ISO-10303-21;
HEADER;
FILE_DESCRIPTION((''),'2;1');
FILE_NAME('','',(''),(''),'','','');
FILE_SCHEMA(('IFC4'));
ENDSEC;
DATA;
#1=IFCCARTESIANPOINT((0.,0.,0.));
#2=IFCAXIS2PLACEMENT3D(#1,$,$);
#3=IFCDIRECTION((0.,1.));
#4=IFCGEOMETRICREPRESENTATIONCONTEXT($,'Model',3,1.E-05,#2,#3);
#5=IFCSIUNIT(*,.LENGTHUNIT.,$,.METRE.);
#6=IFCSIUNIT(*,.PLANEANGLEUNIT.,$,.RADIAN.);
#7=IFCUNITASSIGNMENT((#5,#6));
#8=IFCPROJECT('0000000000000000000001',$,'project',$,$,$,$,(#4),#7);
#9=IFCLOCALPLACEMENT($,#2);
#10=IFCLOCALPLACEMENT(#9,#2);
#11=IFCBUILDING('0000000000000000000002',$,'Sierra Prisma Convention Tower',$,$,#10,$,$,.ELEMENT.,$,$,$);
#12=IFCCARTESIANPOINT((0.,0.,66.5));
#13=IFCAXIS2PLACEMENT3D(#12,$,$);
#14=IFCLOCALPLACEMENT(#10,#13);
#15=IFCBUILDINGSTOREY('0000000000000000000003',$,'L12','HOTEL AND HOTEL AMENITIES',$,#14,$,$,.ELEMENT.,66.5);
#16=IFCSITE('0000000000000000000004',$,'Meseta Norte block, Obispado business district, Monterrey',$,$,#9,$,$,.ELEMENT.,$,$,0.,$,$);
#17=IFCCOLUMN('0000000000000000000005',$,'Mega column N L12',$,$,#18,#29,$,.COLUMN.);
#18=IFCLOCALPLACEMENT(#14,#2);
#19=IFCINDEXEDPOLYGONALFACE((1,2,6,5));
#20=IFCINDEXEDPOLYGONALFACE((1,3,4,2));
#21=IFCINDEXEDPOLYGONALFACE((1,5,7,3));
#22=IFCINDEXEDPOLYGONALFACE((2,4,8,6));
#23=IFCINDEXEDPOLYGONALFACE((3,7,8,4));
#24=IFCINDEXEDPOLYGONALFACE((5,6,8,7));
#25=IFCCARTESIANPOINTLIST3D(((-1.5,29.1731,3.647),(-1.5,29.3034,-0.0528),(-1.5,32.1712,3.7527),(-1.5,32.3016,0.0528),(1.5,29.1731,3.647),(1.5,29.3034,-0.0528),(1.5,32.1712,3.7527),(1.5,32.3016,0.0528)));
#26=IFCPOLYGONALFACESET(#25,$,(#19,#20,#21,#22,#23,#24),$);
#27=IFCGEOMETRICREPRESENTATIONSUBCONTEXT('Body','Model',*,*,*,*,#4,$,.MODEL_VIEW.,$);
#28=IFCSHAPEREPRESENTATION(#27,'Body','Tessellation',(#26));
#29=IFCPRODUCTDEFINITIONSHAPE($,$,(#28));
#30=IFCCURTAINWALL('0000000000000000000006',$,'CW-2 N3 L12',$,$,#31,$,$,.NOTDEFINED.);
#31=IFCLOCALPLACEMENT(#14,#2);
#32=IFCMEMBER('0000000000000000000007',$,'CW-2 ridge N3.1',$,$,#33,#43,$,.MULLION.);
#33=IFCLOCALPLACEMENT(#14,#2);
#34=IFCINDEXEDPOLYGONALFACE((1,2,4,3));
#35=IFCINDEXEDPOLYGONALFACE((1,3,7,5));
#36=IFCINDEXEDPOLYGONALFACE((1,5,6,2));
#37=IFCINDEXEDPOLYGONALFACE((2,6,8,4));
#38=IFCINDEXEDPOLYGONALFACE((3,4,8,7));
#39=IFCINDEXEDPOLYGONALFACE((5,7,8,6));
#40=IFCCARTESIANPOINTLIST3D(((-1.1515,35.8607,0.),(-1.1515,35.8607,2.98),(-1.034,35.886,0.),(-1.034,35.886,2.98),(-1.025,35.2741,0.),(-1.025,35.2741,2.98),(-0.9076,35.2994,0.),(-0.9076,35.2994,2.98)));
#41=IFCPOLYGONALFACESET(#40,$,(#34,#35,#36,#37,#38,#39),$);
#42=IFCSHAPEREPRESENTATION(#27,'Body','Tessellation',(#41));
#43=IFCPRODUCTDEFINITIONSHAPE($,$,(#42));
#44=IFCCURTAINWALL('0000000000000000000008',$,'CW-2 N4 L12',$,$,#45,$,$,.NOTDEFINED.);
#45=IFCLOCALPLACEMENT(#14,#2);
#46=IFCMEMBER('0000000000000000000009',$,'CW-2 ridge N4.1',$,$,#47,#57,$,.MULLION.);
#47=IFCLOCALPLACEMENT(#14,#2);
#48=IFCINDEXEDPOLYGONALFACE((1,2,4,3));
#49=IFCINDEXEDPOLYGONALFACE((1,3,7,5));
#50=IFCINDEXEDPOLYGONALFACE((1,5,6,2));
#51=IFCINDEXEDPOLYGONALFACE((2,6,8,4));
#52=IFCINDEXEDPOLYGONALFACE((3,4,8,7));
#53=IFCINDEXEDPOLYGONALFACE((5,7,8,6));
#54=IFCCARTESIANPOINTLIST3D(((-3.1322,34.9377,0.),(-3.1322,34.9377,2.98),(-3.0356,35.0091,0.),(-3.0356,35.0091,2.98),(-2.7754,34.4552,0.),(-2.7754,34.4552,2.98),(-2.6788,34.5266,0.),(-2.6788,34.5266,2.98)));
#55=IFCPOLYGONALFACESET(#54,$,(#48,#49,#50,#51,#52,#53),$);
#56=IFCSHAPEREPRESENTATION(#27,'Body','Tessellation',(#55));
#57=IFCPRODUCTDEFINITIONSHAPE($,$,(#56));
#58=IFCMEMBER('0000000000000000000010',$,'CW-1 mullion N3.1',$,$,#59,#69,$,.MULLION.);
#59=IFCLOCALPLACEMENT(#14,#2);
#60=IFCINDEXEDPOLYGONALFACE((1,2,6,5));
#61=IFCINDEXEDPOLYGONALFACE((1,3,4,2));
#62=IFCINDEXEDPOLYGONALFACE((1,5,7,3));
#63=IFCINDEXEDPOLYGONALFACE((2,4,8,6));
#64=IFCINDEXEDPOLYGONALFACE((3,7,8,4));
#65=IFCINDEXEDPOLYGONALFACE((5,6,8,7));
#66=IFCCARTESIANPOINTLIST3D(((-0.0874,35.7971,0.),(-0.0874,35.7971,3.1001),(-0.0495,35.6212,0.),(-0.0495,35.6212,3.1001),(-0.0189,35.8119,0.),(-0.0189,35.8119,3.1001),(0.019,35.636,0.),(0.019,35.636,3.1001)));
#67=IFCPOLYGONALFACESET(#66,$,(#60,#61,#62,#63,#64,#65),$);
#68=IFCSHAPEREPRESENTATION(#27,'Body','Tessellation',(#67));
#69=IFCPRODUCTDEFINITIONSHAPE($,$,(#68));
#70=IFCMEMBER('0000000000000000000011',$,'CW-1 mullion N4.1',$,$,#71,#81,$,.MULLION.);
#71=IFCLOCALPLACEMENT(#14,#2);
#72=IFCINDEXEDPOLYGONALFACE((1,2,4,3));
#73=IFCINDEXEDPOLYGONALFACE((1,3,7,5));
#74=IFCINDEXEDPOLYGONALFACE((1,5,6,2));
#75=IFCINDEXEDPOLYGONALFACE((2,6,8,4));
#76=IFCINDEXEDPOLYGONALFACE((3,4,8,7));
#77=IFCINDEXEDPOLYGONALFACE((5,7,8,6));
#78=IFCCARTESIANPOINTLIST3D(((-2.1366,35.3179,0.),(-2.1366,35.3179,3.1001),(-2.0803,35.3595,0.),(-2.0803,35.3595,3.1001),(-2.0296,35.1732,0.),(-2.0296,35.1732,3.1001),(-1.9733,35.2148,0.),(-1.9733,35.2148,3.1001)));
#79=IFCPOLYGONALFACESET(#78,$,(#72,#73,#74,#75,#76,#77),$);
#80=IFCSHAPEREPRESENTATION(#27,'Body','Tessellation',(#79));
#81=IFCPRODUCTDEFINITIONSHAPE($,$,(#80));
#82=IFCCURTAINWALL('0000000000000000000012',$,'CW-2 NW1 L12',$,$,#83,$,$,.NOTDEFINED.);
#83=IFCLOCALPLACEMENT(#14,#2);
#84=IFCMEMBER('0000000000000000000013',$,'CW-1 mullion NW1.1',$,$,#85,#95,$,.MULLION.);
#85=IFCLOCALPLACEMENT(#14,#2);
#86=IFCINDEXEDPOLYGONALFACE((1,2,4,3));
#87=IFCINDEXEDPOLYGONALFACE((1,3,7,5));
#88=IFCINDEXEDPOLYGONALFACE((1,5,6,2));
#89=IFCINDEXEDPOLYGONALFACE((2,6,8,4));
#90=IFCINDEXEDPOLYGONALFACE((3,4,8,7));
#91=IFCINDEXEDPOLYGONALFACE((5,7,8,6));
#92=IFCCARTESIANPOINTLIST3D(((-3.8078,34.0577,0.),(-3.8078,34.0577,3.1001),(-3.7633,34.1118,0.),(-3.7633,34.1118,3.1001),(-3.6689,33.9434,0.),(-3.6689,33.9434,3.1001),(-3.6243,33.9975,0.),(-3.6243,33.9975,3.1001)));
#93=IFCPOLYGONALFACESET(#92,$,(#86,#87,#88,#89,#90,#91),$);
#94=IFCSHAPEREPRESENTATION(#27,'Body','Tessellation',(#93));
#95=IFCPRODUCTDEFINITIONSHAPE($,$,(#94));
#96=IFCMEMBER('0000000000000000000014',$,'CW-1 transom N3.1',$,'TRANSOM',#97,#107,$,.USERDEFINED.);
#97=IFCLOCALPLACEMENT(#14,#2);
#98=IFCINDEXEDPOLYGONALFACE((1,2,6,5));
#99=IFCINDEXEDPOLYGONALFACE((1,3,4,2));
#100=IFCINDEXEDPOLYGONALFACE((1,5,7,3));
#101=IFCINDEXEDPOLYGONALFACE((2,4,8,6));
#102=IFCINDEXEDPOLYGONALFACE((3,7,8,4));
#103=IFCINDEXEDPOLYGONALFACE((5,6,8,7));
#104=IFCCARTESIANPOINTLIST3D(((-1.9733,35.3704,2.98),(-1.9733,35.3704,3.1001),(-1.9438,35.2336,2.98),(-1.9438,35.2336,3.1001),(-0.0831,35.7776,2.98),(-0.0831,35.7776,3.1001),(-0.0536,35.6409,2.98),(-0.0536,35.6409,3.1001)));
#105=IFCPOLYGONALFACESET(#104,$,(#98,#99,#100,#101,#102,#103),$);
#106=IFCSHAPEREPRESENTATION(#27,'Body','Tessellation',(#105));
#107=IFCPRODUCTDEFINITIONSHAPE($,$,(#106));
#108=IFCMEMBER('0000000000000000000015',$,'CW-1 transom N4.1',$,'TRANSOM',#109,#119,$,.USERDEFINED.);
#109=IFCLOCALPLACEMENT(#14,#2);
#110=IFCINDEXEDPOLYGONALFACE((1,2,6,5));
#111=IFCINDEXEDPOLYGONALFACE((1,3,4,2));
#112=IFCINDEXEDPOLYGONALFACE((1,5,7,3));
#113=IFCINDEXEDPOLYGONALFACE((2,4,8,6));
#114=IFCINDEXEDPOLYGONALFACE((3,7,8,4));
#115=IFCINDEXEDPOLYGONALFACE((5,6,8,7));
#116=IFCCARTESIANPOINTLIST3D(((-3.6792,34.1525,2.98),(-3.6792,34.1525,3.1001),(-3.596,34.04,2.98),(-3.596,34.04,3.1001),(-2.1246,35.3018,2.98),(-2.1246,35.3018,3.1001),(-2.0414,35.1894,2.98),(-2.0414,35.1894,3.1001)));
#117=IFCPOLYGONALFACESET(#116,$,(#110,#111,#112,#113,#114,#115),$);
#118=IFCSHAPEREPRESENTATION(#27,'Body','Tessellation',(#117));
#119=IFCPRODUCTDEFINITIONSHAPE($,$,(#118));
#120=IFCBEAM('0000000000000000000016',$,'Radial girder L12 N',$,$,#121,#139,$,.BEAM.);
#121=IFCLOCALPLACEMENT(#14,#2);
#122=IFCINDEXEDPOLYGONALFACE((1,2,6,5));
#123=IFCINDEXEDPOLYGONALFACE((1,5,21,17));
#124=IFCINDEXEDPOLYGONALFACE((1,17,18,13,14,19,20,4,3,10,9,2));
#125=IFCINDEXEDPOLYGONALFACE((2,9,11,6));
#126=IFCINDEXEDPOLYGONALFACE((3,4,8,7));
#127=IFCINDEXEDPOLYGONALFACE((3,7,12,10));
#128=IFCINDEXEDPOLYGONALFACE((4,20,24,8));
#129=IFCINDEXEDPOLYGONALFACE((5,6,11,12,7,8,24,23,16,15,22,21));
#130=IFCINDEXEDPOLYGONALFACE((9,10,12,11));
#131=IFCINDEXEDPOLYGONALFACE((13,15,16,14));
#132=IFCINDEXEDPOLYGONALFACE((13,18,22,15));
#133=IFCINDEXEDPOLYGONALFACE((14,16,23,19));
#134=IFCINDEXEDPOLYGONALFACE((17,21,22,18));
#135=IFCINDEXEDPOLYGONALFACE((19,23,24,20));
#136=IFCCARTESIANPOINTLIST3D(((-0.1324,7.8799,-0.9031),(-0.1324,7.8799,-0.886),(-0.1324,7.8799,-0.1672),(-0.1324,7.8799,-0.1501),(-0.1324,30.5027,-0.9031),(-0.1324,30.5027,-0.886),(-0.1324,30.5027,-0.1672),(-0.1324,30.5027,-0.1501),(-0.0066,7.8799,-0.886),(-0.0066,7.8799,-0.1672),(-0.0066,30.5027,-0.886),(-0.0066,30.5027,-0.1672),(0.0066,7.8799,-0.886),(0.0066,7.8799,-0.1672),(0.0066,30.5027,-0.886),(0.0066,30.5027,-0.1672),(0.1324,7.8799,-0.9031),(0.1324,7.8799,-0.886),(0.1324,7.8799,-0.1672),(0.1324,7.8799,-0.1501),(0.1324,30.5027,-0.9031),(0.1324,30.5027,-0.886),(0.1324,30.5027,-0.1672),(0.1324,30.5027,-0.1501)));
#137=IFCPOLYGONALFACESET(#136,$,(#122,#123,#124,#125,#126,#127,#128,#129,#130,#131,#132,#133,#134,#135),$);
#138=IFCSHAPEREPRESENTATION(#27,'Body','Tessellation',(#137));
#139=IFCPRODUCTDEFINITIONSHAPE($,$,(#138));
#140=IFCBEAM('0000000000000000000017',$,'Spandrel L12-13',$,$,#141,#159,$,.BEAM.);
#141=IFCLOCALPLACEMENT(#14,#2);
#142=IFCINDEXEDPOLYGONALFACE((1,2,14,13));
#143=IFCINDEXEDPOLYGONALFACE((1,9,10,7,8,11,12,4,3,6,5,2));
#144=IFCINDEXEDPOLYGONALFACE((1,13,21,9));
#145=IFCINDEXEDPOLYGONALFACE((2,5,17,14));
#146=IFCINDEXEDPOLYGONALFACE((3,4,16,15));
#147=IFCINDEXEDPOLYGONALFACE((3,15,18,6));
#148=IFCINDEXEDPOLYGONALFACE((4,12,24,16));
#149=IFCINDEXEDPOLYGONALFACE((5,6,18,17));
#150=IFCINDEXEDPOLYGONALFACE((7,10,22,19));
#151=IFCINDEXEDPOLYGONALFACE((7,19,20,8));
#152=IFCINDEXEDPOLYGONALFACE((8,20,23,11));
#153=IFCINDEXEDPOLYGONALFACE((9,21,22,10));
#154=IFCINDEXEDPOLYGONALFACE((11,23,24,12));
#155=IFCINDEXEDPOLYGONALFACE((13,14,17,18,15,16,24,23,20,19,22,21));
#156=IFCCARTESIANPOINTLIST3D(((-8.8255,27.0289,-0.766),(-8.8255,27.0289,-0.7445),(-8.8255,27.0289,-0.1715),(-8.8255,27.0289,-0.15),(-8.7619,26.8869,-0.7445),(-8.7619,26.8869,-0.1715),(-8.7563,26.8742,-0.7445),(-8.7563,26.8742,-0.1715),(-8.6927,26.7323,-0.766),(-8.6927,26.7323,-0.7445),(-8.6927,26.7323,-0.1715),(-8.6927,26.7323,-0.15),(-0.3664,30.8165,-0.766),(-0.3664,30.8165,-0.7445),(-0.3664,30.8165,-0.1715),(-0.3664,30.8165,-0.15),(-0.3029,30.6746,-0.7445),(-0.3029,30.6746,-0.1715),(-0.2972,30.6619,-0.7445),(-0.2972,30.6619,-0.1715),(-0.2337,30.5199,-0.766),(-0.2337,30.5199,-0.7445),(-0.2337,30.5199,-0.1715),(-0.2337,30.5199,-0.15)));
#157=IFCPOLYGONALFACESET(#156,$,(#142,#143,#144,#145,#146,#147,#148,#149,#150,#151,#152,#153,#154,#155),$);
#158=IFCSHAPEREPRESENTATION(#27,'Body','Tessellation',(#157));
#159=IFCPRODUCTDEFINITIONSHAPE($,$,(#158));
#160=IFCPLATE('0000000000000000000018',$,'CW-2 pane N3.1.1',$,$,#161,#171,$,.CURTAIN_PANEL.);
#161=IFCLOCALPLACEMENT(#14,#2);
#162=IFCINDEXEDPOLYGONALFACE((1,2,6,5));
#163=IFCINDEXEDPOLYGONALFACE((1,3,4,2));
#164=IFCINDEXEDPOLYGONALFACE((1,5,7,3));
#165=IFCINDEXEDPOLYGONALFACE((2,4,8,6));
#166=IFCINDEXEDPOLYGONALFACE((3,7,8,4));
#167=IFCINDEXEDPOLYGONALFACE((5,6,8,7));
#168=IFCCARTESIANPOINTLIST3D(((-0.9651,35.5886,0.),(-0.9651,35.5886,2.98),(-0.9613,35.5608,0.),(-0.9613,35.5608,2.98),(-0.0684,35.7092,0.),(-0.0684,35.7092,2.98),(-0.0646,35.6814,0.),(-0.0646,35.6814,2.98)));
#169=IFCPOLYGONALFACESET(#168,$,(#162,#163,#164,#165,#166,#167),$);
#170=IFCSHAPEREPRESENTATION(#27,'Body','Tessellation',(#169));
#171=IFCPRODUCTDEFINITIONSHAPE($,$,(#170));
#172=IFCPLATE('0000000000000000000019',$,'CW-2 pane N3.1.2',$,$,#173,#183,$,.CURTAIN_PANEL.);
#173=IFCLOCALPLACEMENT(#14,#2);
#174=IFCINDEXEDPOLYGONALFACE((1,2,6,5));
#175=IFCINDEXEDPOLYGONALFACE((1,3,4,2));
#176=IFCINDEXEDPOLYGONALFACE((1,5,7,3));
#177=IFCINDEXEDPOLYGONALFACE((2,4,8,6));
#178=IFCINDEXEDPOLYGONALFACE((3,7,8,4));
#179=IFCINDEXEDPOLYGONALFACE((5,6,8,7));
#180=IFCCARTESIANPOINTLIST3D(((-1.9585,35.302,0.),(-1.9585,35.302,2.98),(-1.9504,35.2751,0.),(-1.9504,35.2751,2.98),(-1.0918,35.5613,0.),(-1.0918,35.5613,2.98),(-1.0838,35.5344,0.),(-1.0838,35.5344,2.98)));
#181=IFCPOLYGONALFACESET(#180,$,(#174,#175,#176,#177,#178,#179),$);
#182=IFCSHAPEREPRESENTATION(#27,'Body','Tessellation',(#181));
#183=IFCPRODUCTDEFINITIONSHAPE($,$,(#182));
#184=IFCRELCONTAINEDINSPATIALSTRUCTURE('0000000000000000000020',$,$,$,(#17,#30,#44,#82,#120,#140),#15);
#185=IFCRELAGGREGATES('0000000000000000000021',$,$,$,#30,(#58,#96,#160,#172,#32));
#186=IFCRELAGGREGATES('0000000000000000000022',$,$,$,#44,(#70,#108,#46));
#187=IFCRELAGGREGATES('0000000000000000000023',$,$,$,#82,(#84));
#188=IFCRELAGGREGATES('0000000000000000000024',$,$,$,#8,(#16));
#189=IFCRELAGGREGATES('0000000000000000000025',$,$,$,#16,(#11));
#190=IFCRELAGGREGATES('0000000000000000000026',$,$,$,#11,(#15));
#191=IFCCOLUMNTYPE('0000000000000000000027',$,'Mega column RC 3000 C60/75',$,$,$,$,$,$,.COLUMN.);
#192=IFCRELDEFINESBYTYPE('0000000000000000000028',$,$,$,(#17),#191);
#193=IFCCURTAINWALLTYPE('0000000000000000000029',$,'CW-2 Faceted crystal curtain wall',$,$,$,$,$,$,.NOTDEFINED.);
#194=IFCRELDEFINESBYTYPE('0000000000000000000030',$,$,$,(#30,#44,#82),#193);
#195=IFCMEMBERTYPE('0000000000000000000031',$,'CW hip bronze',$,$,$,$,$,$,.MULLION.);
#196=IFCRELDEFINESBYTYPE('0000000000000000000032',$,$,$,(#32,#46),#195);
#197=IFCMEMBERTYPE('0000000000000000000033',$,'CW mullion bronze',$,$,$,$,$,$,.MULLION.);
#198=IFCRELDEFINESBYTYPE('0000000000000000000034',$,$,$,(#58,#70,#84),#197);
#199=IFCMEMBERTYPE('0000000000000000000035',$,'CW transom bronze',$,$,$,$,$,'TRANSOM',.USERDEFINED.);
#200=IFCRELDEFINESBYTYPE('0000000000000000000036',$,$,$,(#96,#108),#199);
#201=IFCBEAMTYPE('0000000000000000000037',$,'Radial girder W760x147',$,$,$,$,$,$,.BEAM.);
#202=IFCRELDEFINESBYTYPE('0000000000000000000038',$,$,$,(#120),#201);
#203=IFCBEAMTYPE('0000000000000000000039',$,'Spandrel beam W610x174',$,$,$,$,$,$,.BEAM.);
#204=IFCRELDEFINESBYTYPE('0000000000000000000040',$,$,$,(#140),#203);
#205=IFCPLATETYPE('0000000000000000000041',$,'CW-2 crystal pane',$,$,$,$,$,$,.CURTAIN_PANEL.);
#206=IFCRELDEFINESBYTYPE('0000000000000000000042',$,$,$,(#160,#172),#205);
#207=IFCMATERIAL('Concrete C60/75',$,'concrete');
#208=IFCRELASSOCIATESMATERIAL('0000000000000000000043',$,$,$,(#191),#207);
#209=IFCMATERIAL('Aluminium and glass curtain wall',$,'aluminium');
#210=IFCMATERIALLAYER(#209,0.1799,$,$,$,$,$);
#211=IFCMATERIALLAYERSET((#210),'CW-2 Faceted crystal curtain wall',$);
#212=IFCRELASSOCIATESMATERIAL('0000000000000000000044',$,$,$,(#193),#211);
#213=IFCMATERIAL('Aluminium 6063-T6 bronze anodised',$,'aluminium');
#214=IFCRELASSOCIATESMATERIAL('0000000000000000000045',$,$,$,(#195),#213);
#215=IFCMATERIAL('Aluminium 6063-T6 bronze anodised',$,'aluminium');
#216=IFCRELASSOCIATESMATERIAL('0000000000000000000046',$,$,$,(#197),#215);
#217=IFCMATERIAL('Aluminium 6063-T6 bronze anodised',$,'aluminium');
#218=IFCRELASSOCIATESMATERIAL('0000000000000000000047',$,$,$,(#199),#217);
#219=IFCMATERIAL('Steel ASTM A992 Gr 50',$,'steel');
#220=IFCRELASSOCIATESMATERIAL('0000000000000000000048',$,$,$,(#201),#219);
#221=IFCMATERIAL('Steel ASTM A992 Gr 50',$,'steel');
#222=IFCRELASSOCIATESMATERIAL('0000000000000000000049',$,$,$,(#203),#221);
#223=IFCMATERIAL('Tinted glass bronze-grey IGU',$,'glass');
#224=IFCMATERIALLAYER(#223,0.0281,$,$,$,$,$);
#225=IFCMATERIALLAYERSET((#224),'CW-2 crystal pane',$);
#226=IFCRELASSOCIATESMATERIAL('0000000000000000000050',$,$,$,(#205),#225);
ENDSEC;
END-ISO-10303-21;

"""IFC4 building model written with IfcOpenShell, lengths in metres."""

from ifc_helpers import new_model, si_unit, direction, frame, origin, origin_2d, place, context, subcontext, project, spatial, polyline, rectangle, i_section, outline, extrude, material, layer, layer_set, material_profile, profile_set, type_object, element, aggregate, save


model = new_model("IFC4")

# Units and contexts
model_context = context("Model", 3, precision=1e-05, world=origin(), true_north=direction((0.0, 1.0)))
body_context = subcontext(model_context, "Body", "Model", "MODEL_VIEW")
ifc_project = project(units=[si_unit("LENGTHUNIT", "METRE"), si_unit("PLANEANGLEUNIT", "RADIAN")], contexts=[model_context])

# Site, building, storey
site_placement = place(None, origin())
site = spatial("IfcSite", under=ifc_project, at=site_placement, Name="Meseta Norte block, Obispado business district, Monterrey", CompositionType="ELEMENT", RefElevation=0.0)
building_placement = place(site_placement, origin())
building = spatial("IfcBuilding", under=site, at=building_placement, Name="Sierra Prisma Convention Tower", CompositionType="ELEMENT")
storey_placement = place(building_placement, frame((0.0, 0.0, 66.5)))
storey = spatial("IfcBuildingStorey", under=building, at=storey_placement, Name="L12", Description="HOTEL AND HOTEL AMENITIES", CompositionType="ELEMENT", Elevation=66.5)

# Column
ifc_material_1 = material(Name="Concrete C60/75", Category="concrete")
ifc_material_profile_1 = material_profile(ifc_material_1, rectangle(XDim=3.0, YDim=3.0, at=origin_2d()), Name="Mega column RC 3000 C60/75")
ifc_profile_set_1 = profile_set([ifc_material_profile_1], Name="Concrete C60/75")
column_type = type_object("IfcColumnType", Name="Mega column RC 3000 C60/75", PredefinedType="COLUMN", material=ifc_profile_set_1)
column_placement = place(storey_placement, frame((0.0, 30.8025, 0.0), z_axis=(0.0, -0.035214, 0.99938), x_axis=(1.0, 0.0, 0.0)))
element("IfcColumn", 1, at=column_placement, inside=storey, type_object=column_type, Name="Mega column N L12", PredefinedType="COLUMN", context=body_context, shape_type="SweptSolid", body=[
    extrude(rectangle(XDim=3.0, YDim=3.0, at=origin_2d()), origin(), (0.0, 0.0, 1.0), 3.7021),
])

# Curtain walls, members
ifc_material_2 = material(Name="Aluminium and glass curtain wall", Category="aluminium")
ifc_layer_1 = layer(ifc_material_2, 0.1799)
ifc_layer_set_1 = layer_set([ifc_layer_1], Name="CW-2 Faceted crystal curtain wall")
curtain_wall_type = type_object("IfcCurtainWallType", Name="CW-2 Faceted crystal curtain wall", PredefinedType="NOTDEFINED", material=ifc_layer_set_1)
curtain_wall_1_placement = place(storey_placement, origin())
curtain_wall_1 = element("IfcCurtainWall", 2, at=curtain_wall_1_placement, inside=storey, type_object=curtain_wall_type, Name="CW-2 N3 L12", PredefinedType="NOTDEFINED")
ifc_material_3 = material(Name="Aluminium 6063-T6 bronze anodised", Category="aluminium")
ifc_material_profile_2 = material_profile(ifc_material_3, rectangle(XDim=0.1201, YDim=0.6001, at=origin_2d()), Name="ALU RIDGE BLADE 120x600")
ifc_profile_set_2 = profile_set([ifc_material_profile_2], Name="Aluminium 6063-T6 bronze anodised")
member_type_1 = type_object("IfcMemberType", Name="CW hip bronze", PredefinedType="MULLION", material=ifc_profile_set_2)
member_1_placement = place(storey_placement, frame((-1.0295, 35.5801, 0.0), z_axis=(0.0, 0.0, 1.0), x_axis=(-0.977562, -0.210646, 0.0)))
member_1 = element("IfcMember", 3, at=member_1_placement, type_object=member_type_1, Name="CW-2 ridge N3.1", PredefinedType="MULLION", context=body_context, shape_type="SweptSolid", body=[
    extrude(rectangle(XDim=0.1201, YDim=0.6001, at=origin_2d()), origin(), (0.0, 0.0, 1.0), 2.98),
])
curtain_wall_2_placement = place(storey_placement, origin())
curtain_wall_2 = element("IfcCurtainWall", 4, at=curtain_wall_2_placement, inside=storey, type_object=curtain_wall_type, Name="CW-2 N4 L12", PredefinedType="NOTDEFINED")
member_2_placement = place(storey_placement, frame((-2.9055, 34.7322, 0.0), z_axis=(0.0, 0.0, 1.0), x_axis=(-0.804058, -0.594551, 0.0)))
member_2 = element("IfcMember", 5, at=member_2_placement, type_object=member_type_1, Name="CW-2 ridge N4.1", PredefinedType="MULLION", context=body_context, shape_type="SweptSolid", body=[
    extrude(rectangle(XDim=0.1201, YDim=0.6001, at=origin_2d()), origin(), (0.0, 0.0, 1.0), 2.98),
])

# Members
ifc_material_4 = material(Name="Aluminium 6063-T6 bronze anodised", Category="aluminium")
ifc_material_profile_3 = material_profile(ifc_material_4, rectangle(XDim=0.1799, YDim=0.0701, at=origin_2d()), Name="ALU MULLION 70x180")
ifc_profile_set_3 = profile_set([ifc_material_profile_3], Name="Aluminium 6063-T6 bronze anodised")
member_type_2 = type_object("IfcMemberType", Name="CW mullion bronze", PredefinedType="MULLION", material=ifc_profile_set_3)
member_3_placement = place(storey_placement, frame((-0.0342, 35.7166, 0.0), z_axis=(0.0, 0.0, 1.0), x_axis=(0.210646, -0.977562, 0.0)))
member_3 = element("IfcMember", 6, at=member_3_placement, type_object=member_type_2, Name="CW-1 mullion N3.1", PredefinedType="MULLION", context=body_context, shape_type="SweptSolid", body=[
    extrude(rectangle(XDim=0.1799, YDim=0.0701, at=origin_2d()), origin(), (0.0, 0.0, 1.0), 3.1001),
])
member_4_placement = place(storey_placement, frame((-2.0549, 35.2664, 0.0), z_axis=(0.0, 0.0, 1.0), x_axis=(0.594551, -0.804058, 0.0)))
member_4 = element("IfcMember", 7, at=member_4_placement, type_object=member_type_2, Name="CW-1 mullion N4.1", PredefinedType="MULLION", context=body_context, shape_type="SweptSolid", body=[
    extrude(rectangle(XDim=0.1799, YDim=0.0701, at=origin_2d()), origin(), (0.0, 0.0, 1.0), 3.1001),
])

# Curtain wall, member
curtain_wall_3_placement = place(storey_placement, origin())
curtain_wall_3 = element("IfcCurtainWall", 8, at=curtain_wall_3_placement, inside=storey, type_object=curtain_wall_type, Name="CW-2 NW1 L12", PredefinedType="NOTDEFINED")
member_5_placement = place(storey_placement, frame((-3.7161, 34.0276, 0.0), z_axis=(0.0, 0.0, 1.0), x_axis=(0.772212, -0.635365, 0.0)))
member_5 = element("IfcMember", 9, at=member_5_placement, type_object=member_type_2, Name="CW-1 mullion NW1.1", PredefinedType="MULLION", context=body_context, shape_type="SweptSolid", body=[
    extrude(rectangle(XDim=0.1799, YDim=0.0701, at=origin_2d()), origin(), (0.0, 0.0, 1.0), 3.1001),
])

# Members
ifc_material_5 = material(Name="Aluminium 6063-T6 bronze anodised", Category="aluminium")
ifc_material_profile_4 = material_profile(ifc_material_5, rectangle(XDim=0.1399, YDim=0.1201, at=origin_2d()), Name="ALU TRANSOM 120x140")
ifc_profile_set_4 = profile_set([ifc_material_profile_4], Name="Aluminium 6063-T6 bronze anodised")
member_type_3 = type_object("IfcMemberType", Name="CW transom bronze", ElementType="TRANSOM", PredefinedType="USERDEFINED", material=ifc_profile_set_4)
member_6_placement = place(storey_placement, frame((-0.0684, 35.7092, 3.04), z_axis=(-0.977569, -0.210615, 0.0), x_axis=(0.210615, -0.977569, 0.0)))
member_6 = element("IfcMember", 10, at=member_6_placement, type_object=member_type_3, Name="CW-1 transom N3.1", ObjectType="TRANSOM", PredefinedType="USERDEFINED", context=body_context, shape_type="SweptSolid", body=[
    extrude(rectangle(XDim=0.1399, YDim=0.1201, at=origin_2d()), origin(), (0.0, 0.0, 1.0), 1.9336),
])
member_7_placement = place(storey_placement, frame((-2.083, 35.2456, 3.04), z_axis=(-0.804103, -0.59449, 0.0), x_axis=(0.59449, -0.804103, 0.0)))
member_7 = element("IfcMember", 11, at=member_7_placement, type_object=member_type_3, Name="CW-1 transom N4.1", ObjectType="TRANSOM", PredefinedType="USERDEFINED", context=body_context, shape_type="SweptSolid", body=[
    extrude(rectangle(XDim=0.1399, YDim=0.1201, at=origin_2d()), origin(), (0.0, 0.0, 1.0), 1.9333),
])

# Beams
ifc_material_6 = material(Name="Steel ASTM A992 Gr 50", Category="steel")
ifc_material_profile_5 = material_profile(ifc_material_6, i_section(OverallWidth=0.2649, OverallDepth=0.7529, WebThickness=0.0132, FlangeThickness=0.0171, at=origin_2d()), Name="W760x147")
ifc_profile_set_5 = profile_set([ifc_material_profile_5], Name="Steel ASTM A992 Gr 50")
beam_type_1 = type_object("IfcBeamType", Name="Radial girder W760x147", PredefinedType="BEAM", material=ifc_profile_set_5)
beam_1_placement = place(storey_placement, frame((0.0, 30.5027, -0.5266), z_axis=(0.0, -1.0, 0.0), x_axis=(1.0, 0.0, 0.0)))
element("IfcBeam", 12, at=beam_1_placement, inside=storey, type_object=beam_type_1, Name="Radial girder L12 N", PredefinedType="BEAM", context=body_context, shape_type="SweptSolid", body=[
    extrude(i_section(OverallWidth=0.2649, OverallDepth=0.7529, WebThickness=0.0132, FlangeThickness=0.0171, at=origin_2d()), origin(), (0.0, 0.0, 1.0), 22.6228),
])
ifc_material_7 = material(Name="Steel ASTM A992 Gr 50", Category="steel")
ifc_material_profile_6 = material_profile(ifc_material_7, i_section(OverallWidth=0.325, OverallDepth=0.616, WebThickness=0.0139, FlangeThickness=0.0215, at=origin_2d()), Name="W610x174")
ifc_profile_set_6 = profile_set([ifc_material_profile_6], Name="Steel ASTM A992 Gr 50")
beam_type_2 = type_object("IfcBeamType", Name="Spandrel beam W610x174", PredefinedType="BEAM", material=ifc_profile_set_6)
beam_2_placement = place(storey_placement, frame((-0.3, 30.6682, -0.458), z_axis=(-0.912685, -0.408664, 0.0), x_axis=(0.408664, -0.912685, 0.0)))
element("IfcBeam", 13, at=beam_2_placement, inside=storey, type_object=beam_type_2, Name="Spandrel L12-13", PredefinedType="BEAM", context=body_context, shape_type="SweptSolid", body=[
    extrude(i_section(OverallWidth=0.325, OverallDepth=0.616, WebThickness=0.0139, FlangeThickness=0.0215, at=origin_2d()), origin(), (0.0, 0.0, 1.0), 9.2683),
])

# Plates
ifc_material_8 = material(Name="Tinted glass bronze-grey IGU", Category="glass")
ifc_layer_2 = layer(ifc_material_8, 0.0281)
ifc_layer_set_2 = layer_set([ifc_layer_2], Name="CW-2 crystal pane")
plate_type = type_object("IfcPlateType", Name="CW-2 crystal pane", PredefinedType="CURTAIN_PANEL", material=ifc_layer_set_2)
plate_1_placement = place(storey_placement, frame((-0.0684, 35.7092, 0.0), z_axis=(-0.133295, 0.991076, 0.0), x_axis=(-0.991076, -0.133295, 0.0)))
plate_1 = element("IfcPlate", 14, at=plate_1_placement, type_object=plate_type, Name="CW-2 pane N3.1.1", PredefinedType="CURTAIN_PANEL", context=body_context, shape_type="SweptSolid", body=[
    extrude(outline(polyline([(0.0, 0.0), (0.9048, 0.0), (0.9048, 2.98), (0.0, 2.98), (0.0, 0.0)])), origin(), (0.0, 0.0, -1.0), 0.0281),
])
plate_2_placement = place(storey_placement, frame((-1.9585, 35.302, 0.0), z_axis=(-0.286605, 0.958049, 0.0), x_axis=(0.958049, 0.286605, 0.0)))
plate_2 = element("IfcPlate", 15, at=plate_2_placement, type_object=plate_type, Name="CW-2 pane N3.1.2", PredefinedType="CURTAIN_PANEL", context=body_context, shape_type="SweptSolid", body=[
    extrude(outline(polyline([(0.0, 0.0), (0.9047, 0.0), (0.9047, -2.98), (0.0, -2.98), (0.0, 0.0)])), origin(), (0.0, 0.0, -1.0), 0.0281),
])
aggregate(curtain_wall_1, [member_3, member_6, plate_1, plate_2, member_1])
aggregate(curtain_wall_2, [member_4, member_7, member_2])
aggregate(curtain_wall_3, [member_5])

save(model, "model.ifc")
